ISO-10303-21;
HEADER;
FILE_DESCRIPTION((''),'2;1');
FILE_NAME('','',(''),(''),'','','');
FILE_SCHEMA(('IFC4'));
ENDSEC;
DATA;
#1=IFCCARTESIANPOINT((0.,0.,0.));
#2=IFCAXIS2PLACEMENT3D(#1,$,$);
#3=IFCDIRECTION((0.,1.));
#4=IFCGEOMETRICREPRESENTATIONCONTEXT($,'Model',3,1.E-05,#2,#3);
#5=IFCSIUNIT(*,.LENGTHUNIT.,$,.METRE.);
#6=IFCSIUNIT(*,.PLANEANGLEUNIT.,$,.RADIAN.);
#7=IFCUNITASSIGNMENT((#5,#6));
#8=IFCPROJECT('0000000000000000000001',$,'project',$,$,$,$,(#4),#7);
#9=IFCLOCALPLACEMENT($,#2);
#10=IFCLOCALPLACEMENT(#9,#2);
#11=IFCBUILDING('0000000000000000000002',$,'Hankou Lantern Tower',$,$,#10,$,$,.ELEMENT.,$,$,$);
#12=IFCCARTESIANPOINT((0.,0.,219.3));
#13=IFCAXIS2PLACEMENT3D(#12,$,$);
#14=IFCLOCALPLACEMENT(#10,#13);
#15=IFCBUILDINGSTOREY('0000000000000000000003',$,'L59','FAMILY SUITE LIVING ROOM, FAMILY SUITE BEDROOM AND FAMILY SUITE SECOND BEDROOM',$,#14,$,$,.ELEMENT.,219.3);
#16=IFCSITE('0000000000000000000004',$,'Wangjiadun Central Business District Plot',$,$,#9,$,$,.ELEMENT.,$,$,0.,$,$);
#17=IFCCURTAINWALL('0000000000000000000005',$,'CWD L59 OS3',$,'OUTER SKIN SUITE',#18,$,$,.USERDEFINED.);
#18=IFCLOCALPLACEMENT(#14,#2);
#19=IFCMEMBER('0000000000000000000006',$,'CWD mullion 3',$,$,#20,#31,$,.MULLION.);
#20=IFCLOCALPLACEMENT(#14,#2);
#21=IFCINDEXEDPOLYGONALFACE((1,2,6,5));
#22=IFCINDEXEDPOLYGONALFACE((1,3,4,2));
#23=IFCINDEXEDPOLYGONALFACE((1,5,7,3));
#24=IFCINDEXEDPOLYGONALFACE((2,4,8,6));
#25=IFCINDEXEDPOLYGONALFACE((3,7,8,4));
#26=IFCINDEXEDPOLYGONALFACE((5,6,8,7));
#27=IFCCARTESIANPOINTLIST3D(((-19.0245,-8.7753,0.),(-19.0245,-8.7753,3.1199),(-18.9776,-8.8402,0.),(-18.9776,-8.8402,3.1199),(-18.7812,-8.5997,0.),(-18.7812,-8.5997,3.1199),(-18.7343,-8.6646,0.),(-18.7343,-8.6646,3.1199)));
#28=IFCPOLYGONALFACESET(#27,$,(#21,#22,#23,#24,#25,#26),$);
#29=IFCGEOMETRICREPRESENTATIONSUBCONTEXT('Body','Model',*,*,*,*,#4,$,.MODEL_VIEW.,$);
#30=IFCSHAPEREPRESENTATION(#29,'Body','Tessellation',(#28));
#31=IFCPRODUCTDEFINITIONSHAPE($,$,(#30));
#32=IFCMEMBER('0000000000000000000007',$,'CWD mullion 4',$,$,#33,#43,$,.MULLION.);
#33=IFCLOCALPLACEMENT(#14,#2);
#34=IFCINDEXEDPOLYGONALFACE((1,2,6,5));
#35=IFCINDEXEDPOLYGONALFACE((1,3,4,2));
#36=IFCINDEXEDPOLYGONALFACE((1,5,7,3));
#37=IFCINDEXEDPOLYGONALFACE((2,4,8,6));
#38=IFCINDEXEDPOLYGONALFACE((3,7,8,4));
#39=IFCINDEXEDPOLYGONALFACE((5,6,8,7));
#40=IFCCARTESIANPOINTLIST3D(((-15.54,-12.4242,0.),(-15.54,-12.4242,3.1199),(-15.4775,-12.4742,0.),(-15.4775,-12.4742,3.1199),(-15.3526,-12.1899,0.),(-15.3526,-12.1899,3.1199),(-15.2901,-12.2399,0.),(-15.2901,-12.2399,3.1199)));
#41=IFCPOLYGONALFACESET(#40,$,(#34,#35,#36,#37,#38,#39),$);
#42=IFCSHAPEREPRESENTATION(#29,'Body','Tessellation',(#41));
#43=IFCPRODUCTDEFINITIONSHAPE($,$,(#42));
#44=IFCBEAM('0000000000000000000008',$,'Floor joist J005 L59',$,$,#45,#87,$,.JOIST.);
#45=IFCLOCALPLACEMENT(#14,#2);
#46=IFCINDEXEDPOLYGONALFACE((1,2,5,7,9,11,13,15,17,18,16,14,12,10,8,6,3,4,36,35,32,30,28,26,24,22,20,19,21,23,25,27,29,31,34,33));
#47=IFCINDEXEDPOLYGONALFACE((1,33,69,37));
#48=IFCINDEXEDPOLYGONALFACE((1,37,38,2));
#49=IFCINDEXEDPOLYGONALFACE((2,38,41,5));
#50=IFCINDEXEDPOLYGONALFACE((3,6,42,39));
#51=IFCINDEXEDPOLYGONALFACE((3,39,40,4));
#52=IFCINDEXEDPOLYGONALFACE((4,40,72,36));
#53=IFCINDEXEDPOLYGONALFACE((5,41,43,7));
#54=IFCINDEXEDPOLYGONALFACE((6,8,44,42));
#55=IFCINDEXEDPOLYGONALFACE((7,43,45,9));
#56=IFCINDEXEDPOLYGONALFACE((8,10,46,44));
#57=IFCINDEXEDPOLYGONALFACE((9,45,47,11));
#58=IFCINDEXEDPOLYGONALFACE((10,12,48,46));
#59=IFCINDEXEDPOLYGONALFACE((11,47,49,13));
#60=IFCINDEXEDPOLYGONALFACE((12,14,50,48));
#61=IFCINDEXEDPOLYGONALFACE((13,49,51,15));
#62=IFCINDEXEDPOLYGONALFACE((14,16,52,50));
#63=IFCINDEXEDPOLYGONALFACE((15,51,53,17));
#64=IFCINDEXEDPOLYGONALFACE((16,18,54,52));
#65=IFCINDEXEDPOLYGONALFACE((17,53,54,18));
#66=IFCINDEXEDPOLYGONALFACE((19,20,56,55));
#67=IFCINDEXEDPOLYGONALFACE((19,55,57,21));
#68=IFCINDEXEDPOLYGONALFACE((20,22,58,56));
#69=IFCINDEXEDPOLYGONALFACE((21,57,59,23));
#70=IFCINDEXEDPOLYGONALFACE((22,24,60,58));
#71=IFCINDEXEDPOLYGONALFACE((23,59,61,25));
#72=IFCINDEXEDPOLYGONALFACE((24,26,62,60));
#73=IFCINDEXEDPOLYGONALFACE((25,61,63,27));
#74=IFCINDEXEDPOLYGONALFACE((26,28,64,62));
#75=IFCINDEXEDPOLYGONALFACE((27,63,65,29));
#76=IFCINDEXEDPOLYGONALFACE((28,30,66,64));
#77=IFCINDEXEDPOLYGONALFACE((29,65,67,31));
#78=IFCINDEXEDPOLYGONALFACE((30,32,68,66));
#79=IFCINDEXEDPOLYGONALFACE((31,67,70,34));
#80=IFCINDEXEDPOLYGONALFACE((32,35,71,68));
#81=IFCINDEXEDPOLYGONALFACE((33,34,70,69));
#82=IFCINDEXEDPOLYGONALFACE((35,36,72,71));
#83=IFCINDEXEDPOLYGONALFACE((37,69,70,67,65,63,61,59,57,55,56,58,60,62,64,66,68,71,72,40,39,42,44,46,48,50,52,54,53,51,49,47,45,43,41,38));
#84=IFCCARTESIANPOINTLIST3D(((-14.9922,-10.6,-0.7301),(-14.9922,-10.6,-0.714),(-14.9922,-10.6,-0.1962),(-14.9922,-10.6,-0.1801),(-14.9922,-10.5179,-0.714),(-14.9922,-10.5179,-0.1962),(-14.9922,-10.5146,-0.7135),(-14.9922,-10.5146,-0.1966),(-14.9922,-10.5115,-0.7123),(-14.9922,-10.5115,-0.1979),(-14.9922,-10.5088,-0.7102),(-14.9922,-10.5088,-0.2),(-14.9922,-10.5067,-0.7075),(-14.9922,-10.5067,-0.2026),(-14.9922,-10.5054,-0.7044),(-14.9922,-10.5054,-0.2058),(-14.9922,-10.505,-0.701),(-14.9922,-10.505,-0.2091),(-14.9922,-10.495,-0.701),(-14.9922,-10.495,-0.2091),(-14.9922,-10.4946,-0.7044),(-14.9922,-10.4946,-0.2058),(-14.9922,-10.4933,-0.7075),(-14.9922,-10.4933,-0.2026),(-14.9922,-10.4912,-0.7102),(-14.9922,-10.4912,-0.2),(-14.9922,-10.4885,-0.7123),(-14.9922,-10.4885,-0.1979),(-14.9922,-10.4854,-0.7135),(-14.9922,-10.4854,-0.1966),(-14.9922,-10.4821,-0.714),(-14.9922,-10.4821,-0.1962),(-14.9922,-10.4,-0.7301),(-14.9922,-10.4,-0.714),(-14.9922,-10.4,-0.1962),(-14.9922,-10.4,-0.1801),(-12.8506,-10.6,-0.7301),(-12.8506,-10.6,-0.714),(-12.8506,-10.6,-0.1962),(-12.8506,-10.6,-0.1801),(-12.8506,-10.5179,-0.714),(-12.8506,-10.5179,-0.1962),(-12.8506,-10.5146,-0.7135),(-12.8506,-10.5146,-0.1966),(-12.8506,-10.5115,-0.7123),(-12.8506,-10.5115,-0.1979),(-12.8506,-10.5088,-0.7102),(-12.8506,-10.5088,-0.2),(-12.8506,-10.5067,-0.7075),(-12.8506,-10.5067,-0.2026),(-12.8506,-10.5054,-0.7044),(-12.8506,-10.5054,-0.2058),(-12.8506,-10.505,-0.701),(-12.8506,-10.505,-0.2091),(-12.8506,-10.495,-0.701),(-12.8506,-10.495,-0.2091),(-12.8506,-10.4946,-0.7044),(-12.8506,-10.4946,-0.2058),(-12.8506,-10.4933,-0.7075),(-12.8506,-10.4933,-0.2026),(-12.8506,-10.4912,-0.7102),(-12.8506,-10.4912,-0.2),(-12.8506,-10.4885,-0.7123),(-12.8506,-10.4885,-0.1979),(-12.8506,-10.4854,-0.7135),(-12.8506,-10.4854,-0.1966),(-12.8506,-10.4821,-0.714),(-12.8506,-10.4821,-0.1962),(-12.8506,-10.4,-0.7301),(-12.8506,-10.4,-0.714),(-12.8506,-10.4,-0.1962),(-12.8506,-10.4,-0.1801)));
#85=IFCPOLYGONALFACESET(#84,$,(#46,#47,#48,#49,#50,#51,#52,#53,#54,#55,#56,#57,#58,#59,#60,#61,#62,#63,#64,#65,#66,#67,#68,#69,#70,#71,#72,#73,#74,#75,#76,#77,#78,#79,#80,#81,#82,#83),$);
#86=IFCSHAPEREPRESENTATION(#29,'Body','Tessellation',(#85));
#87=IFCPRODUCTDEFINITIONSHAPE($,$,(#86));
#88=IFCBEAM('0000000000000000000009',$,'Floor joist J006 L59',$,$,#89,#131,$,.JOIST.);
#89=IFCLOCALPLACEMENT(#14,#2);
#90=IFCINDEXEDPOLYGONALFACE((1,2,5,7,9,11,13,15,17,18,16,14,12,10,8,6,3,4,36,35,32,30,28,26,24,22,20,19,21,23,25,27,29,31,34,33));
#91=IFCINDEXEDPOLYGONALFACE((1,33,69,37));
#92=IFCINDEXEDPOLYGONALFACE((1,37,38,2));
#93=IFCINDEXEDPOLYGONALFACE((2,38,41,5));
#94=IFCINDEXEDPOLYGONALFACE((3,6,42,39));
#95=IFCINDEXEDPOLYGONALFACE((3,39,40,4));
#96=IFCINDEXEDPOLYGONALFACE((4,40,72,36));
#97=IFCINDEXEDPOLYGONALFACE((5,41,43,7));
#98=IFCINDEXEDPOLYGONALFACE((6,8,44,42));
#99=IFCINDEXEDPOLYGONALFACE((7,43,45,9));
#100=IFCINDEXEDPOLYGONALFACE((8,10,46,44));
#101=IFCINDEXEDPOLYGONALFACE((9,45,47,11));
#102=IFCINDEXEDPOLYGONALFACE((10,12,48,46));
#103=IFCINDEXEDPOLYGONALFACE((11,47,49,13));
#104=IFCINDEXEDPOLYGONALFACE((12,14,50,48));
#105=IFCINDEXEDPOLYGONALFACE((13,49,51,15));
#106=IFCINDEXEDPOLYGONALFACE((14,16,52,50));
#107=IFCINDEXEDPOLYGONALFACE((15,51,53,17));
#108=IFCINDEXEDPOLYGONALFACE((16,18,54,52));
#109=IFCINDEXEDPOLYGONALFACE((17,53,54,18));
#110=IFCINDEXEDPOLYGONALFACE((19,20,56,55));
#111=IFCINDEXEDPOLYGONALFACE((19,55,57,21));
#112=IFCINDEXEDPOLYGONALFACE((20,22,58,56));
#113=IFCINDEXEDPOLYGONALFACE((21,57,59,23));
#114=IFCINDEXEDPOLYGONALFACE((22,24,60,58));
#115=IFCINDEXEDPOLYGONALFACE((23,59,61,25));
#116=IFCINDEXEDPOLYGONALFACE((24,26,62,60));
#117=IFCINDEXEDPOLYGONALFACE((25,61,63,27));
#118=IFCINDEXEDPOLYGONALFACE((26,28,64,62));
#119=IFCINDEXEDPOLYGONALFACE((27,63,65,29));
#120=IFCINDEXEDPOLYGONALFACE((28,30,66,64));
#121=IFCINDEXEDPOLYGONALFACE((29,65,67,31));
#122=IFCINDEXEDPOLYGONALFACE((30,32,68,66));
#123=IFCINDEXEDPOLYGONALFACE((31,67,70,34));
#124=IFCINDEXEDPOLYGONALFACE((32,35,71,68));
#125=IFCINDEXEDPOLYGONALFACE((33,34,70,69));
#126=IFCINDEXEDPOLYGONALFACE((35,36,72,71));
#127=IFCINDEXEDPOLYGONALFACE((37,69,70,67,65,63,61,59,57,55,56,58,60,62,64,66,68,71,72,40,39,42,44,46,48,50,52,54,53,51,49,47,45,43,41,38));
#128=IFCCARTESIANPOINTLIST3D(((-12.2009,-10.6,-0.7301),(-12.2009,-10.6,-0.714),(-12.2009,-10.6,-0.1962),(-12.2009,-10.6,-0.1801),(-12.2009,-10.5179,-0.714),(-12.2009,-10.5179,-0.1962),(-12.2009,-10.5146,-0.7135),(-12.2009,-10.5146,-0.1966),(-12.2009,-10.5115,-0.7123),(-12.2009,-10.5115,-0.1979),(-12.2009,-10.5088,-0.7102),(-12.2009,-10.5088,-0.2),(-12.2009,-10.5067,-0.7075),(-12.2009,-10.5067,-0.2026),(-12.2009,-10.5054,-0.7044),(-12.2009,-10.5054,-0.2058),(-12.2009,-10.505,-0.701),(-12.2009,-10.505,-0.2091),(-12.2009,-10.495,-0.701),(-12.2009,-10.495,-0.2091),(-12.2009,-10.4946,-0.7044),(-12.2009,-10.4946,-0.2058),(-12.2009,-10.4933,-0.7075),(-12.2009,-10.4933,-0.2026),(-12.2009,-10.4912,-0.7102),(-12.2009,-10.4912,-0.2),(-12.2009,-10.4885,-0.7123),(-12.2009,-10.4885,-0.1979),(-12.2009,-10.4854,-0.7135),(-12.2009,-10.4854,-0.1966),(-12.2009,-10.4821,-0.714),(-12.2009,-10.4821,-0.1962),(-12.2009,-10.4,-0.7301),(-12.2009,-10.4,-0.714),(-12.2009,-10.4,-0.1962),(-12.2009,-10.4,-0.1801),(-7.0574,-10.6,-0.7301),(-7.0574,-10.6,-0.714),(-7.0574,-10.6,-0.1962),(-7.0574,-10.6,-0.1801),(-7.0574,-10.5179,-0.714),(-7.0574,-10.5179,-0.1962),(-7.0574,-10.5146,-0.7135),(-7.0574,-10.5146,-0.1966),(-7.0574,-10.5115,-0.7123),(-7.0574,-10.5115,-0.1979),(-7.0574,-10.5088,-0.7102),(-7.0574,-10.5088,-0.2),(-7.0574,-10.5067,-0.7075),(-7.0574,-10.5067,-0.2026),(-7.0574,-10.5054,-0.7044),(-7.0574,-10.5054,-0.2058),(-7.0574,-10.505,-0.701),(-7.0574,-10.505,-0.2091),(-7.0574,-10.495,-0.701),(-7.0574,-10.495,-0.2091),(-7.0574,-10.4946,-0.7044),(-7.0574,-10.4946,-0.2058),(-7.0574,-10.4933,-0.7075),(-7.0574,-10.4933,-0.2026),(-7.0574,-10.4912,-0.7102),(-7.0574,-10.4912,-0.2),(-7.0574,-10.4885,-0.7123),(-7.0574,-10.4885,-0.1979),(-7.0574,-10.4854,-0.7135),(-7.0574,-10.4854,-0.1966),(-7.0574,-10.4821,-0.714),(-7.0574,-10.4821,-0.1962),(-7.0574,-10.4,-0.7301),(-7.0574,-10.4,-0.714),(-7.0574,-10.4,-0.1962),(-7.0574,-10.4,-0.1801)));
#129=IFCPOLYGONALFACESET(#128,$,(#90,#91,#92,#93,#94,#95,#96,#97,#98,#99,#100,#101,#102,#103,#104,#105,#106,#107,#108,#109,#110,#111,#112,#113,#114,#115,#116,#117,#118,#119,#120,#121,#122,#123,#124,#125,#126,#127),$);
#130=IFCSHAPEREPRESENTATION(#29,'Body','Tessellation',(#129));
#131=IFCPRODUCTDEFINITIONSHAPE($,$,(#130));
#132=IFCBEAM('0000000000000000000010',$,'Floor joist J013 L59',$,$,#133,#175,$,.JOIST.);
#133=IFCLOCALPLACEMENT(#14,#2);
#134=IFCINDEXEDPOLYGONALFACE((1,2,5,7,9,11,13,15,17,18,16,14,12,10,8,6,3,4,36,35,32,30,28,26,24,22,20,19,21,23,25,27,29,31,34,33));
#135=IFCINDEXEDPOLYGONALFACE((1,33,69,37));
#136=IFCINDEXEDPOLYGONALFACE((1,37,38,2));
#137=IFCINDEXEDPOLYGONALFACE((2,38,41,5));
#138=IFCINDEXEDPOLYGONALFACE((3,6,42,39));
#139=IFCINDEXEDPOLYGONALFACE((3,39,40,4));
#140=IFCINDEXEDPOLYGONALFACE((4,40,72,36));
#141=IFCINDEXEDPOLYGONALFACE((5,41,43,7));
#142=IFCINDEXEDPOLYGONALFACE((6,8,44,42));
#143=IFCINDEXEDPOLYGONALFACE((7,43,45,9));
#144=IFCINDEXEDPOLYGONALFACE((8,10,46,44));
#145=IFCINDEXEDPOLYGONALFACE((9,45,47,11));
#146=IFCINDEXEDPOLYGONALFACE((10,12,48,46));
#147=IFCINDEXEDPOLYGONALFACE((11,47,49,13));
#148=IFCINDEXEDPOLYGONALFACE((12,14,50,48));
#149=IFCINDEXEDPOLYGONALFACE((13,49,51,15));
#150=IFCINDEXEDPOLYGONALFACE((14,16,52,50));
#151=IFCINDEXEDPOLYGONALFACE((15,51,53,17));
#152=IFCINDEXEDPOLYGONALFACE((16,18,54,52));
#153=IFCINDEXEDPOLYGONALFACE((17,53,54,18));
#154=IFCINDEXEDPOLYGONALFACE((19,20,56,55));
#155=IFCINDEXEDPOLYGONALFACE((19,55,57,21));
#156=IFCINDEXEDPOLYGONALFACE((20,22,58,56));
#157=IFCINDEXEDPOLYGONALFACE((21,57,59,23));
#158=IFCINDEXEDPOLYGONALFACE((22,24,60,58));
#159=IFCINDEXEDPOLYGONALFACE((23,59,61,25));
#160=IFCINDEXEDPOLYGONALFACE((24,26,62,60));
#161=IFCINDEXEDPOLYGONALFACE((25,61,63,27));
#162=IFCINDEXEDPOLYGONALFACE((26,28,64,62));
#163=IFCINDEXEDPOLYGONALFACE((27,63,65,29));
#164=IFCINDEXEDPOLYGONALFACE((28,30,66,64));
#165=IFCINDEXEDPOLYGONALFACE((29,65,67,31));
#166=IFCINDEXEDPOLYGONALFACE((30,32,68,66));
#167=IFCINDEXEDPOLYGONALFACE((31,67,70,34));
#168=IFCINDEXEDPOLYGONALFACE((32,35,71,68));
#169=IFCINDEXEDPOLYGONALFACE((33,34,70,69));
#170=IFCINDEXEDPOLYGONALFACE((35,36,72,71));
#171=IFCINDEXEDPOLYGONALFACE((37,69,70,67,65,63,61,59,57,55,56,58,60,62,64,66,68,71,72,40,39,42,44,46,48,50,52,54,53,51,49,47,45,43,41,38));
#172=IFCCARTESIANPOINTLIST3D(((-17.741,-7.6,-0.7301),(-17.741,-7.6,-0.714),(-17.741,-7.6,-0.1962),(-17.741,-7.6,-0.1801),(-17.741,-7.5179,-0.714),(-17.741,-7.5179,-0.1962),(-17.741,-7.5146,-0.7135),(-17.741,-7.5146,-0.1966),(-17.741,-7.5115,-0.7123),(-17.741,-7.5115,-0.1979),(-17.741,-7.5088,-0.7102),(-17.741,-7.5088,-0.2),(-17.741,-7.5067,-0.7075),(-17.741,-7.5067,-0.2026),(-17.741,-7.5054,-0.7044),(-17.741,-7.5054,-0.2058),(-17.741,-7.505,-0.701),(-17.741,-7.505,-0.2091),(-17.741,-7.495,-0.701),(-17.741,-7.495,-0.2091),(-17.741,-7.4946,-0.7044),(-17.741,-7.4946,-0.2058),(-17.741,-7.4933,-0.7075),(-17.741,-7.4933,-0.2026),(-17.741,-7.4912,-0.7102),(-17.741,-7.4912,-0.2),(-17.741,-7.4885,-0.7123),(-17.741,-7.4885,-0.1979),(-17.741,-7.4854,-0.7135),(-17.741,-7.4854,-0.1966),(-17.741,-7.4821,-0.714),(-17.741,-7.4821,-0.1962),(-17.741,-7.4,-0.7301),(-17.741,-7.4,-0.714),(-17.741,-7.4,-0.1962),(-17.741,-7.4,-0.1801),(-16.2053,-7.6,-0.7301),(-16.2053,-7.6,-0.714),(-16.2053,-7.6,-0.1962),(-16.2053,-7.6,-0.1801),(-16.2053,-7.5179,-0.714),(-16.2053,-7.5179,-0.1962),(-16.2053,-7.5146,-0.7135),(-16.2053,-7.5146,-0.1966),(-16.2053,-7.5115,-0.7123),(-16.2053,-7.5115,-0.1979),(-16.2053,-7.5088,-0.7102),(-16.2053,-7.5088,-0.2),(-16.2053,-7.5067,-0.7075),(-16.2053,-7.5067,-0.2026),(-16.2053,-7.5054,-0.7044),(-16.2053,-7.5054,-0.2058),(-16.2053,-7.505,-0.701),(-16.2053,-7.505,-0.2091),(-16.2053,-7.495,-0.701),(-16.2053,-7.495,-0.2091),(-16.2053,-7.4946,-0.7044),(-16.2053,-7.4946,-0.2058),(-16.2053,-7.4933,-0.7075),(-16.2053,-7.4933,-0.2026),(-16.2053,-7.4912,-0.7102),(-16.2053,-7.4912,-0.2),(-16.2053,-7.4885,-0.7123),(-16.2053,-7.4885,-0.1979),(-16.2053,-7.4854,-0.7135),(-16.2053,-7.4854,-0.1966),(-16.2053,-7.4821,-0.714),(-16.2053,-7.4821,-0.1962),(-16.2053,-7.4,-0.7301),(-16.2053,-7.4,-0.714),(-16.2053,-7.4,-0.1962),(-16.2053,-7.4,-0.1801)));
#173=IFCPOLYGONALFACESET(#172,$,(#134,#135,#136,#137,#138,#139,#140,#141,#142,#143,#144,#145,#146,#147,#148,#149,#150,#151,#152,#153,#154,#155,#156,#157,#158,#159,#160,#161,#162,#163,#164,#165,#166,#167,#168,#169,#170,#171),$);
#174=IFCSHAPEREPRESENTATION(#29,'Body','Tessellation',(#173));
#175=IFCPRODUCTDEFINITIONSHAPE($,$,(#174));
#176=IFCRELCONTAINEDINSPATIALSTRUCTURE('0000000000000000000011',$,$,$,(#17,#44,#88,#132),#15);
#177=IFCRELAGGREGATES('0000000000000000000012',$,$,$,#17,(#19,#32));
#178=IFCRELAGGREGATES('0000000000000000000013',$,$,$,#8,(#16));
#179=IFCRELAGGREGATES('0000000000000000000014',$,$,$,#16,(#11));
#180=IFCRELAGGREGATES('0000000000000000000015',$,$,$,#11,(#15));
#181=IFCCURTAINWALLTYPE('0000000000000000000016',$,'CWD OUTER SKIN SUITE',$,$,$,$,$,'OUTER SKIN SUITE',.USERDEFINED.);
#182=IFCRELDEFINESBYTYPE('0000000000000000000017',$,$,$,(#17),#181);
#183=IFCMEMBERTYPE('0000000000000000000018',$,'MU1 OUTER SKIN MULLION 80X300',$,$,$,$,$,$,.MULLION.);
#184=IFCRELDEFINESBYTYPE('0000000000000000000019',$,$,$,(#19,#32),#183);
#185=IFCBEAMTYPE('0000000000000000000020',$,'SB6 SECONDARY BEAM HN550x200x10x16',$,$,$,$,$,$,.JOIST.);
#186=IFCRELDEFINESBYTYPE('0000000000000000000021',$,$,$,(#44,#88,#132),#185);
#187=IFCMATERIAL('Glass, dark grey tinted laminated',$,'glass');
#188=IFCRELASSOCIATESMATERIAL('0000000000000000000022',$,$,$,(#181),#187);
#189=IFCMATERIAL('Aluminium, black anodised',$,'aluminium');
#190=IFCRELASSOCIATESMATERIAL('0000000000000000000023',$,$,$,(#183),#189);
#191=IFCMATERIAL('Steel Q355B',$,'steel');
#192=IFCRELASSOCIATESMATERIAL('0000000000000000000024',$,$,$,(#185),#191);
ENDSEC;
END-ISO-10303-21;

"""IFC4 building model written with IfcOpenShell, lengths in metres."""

from ifc_helpers import new_model, si_unit, direction, frame, origin, origin_2d, place, context, subcontext, project, spatial, rectangle, i_section, extrude, material, material_profile, profile_set, type_object, element, aggregate, save


model = new_model("IFC4")

# Units and contexts
model_context = context("Model", 3, precision=1e-05, world=origin(), true_north=direction((0.0, 1.0)))
body_context = subcontext(model_context, "Body", "Model", "MODEL_VIEW")
ifc_project = project(units=[si_unit("LENGTHUNIT", "METRE"), si_unit("PLANEANGLEUNIT", "RADIAN")], contexts=[model_context])

# Site, building, storey
site_placement = place(None, origin())
site = spatial("IfcSite", under=ifc_project, at=site_placement, Name="Wangjiadun Central Business District Plot", CompositionType="ELEMENT", RefElevation=0.0)
building_placement = place(site_placement, origin())
building = spatial("IfcBuilding", under=site, at=building_placement, Name="Hankou Lantern Tower", CompositionType="ELEMENT")
storey_placement = place(building_placement, frame((0.0, 0.0, 219.3)))
storey = spatial("IfcBuildingStorey", under=building, at=storey_placement, Name="L59", Description="FAMILY SUITE LIVING ROOM, FAMILY SUITE BEDROOM AND FAMILY SUITE SECOND BEDROOM", CompositionType="ELEMENT", Elevation=219.3)

# Curtain wall, members
ifc_material_1 = material(Name="Glass, dark grey tinted laminated", Category="glass")
curtain_wall_type = type_object("IfcCurtainWallType", Name="CWD OUTER SKIN SUITE", ElementType="OUTER SKIN SUITE", PredefinedType="USERDEFINED", material=ifc_material_1)
curtain_wall_placement = place(storey_placement, origin())
curtain_wall = element("IfcCurtainWall", 1, at=curtain_wall_placement, inside=storey, type_object=curtain_wall_type, Name="CWD L59 OS3", ObjectType="OUTER SKIN SUITE", PredefinedType="USERDEFINED")
ifc_material_2 = material(Name="Aluminium, black anodised", Category="aluminium")
ifc_material_profile_1 = material_profile(ifc_material_2, rectangle(XDim=0.0801, YDim=0.3, at=origin_2d()), Name="MU1 80X300")
ifc_profile_set_1 = profile_set([ifc_material_profile_1], Name="Aluminium, black anodised")
member_type_1 = type_object("IfcMemberType", Name="MU1 OUTER SKIN MULLION 80X300", PredefinedType="MULLION", material=ifc_profile_set_1)
member_1_placement = place(storey_placement, frame((-18.8794, -8.72, 0.0), z_axis=(0.0, 0.0, 1.0), x_axis=(0.585206, -0.810885, 0.0)))
member_1 = element("IfcMember", 2, at=member_1_placement, type_object=member_type_1, Name="CWD mullion 3", PredefinedType="MULLION", context=body_context, shape_type="SweptSolid", body=[
    extrude(rectangle(XDim=0.0801, YDim=0.3, at=origin_2d()), origin(), (0.0, 0.0, 1.0), 3.1199),
])
member_2_placement = place(storey_placement, frame((-15.415, -12.332, 0.0), z_axis=(0.0, 0.0, 1.0), x_axis=(0.780869, -0.624695, 0.0)))
member_2 = element("IfcMember", 3, at=member_2_placement, type_object=member_type_1, Name="CWD mullion 4", PredefinedType="MULLION", context=body_context, shape_type="SweptSolid", body=[
    extrude(rectangle(XDim=0.0801, YDim=0.3, at=origin_2d()), origin(), (0.0, 0.0, 1.0), 3.1199),
])

# Beams
ifc_material_3 = material(Name="Steel Q355B", Category="steel")
ifc_material_profile_2 = material_profile(ifc_material_3, i_section(OverallWidth=0.2, OverallDepth=0.55, WebThickness=0.01, FlangeThickness=0.0161, FilletRadius=0.0129, at=origin_2d()), Name="HN550x200x10x16")
ifc_profile_set_2 = profile_set([ifc_material_profile_2], Name="Steel Q355B")
beam_type_1 = type_object("IfcBeamType", Name="SB6 SECONDARY BEAM HN550x200x10x16", PredefinedType="JOIST", material=ifc_profile_set_2)
beam_1_placement = place(storey_placement, frame((-14.9922, -10.5, -0.4551), z_axis=(1.0, 0.0, 0.0), x_axis=(0.0, 1.0, 0.0)))
element("IfcBeam", 4, at=beam_1_placement, inside=storey, type_object=beam_type_1, Name="Floor joist J005 L59", PredefinedType="JOIST", context=body_context, shape_type="SweptSolid", body=[
    extrude(i_section(OverallWidth=0.2, OverallDepth=0.55, WebThickness=0.01, FlangeThickness=0.0161, FilletRadius=0.0129, at=origin_2d()), origin(), (0.0, 0.0, 1.0), 2.1416),
])
beam_2_placement = place(storey_placement, frame((-12.2009, -10.5, -0.4551), z_axis=(1.0, 0.0, 0.0), x_axis=(0.0, 1.0, 0.0)))
element("IfcBeam", 5, at=beam_2_placement, inside=storey, type_object=beam_type_1, Name="Floor joist J006 L59", PredefinedType="JOIST", context=body_context, shape_type="SweptSolid", body=[
    extrude(i_section(OverallWidth=0.2, OverallDepth=0.55, WebThickness=0.01, FlangeThickness=0.0161, FilletRadius=0.0129, at=origin_2d()), origin(), (0.0, 0.0, 1.0), 5.1436),
])
beam_3_placement = place(storey_placement, frame((-17.741, -7.5, -0.4551), z_axis=(1.0, 0.0, 0.0), x_axis=(0.0, 1.0, 0.0)))
element("IfcBeam", 6, at=beam_3_placement, inside=storey, type_object=beam_type_1, Name="Floor joist J013 L59", PredefinedType="JOIST", context=body_context, shape_type="SweptSolid", body=[
    extrude(i_section(OverallWidth=0.2, OverallDepth=0.55, WebThickness=0.01, FlangeThickness=0.0161, FilletRadius=0.0129, at=origin_2d()), origin(), (0.0, 0.0, 1.0), 1.5356),
])

aggregate(curtain_wall, [member_1, member_2])

save(model, "model.ifc")
